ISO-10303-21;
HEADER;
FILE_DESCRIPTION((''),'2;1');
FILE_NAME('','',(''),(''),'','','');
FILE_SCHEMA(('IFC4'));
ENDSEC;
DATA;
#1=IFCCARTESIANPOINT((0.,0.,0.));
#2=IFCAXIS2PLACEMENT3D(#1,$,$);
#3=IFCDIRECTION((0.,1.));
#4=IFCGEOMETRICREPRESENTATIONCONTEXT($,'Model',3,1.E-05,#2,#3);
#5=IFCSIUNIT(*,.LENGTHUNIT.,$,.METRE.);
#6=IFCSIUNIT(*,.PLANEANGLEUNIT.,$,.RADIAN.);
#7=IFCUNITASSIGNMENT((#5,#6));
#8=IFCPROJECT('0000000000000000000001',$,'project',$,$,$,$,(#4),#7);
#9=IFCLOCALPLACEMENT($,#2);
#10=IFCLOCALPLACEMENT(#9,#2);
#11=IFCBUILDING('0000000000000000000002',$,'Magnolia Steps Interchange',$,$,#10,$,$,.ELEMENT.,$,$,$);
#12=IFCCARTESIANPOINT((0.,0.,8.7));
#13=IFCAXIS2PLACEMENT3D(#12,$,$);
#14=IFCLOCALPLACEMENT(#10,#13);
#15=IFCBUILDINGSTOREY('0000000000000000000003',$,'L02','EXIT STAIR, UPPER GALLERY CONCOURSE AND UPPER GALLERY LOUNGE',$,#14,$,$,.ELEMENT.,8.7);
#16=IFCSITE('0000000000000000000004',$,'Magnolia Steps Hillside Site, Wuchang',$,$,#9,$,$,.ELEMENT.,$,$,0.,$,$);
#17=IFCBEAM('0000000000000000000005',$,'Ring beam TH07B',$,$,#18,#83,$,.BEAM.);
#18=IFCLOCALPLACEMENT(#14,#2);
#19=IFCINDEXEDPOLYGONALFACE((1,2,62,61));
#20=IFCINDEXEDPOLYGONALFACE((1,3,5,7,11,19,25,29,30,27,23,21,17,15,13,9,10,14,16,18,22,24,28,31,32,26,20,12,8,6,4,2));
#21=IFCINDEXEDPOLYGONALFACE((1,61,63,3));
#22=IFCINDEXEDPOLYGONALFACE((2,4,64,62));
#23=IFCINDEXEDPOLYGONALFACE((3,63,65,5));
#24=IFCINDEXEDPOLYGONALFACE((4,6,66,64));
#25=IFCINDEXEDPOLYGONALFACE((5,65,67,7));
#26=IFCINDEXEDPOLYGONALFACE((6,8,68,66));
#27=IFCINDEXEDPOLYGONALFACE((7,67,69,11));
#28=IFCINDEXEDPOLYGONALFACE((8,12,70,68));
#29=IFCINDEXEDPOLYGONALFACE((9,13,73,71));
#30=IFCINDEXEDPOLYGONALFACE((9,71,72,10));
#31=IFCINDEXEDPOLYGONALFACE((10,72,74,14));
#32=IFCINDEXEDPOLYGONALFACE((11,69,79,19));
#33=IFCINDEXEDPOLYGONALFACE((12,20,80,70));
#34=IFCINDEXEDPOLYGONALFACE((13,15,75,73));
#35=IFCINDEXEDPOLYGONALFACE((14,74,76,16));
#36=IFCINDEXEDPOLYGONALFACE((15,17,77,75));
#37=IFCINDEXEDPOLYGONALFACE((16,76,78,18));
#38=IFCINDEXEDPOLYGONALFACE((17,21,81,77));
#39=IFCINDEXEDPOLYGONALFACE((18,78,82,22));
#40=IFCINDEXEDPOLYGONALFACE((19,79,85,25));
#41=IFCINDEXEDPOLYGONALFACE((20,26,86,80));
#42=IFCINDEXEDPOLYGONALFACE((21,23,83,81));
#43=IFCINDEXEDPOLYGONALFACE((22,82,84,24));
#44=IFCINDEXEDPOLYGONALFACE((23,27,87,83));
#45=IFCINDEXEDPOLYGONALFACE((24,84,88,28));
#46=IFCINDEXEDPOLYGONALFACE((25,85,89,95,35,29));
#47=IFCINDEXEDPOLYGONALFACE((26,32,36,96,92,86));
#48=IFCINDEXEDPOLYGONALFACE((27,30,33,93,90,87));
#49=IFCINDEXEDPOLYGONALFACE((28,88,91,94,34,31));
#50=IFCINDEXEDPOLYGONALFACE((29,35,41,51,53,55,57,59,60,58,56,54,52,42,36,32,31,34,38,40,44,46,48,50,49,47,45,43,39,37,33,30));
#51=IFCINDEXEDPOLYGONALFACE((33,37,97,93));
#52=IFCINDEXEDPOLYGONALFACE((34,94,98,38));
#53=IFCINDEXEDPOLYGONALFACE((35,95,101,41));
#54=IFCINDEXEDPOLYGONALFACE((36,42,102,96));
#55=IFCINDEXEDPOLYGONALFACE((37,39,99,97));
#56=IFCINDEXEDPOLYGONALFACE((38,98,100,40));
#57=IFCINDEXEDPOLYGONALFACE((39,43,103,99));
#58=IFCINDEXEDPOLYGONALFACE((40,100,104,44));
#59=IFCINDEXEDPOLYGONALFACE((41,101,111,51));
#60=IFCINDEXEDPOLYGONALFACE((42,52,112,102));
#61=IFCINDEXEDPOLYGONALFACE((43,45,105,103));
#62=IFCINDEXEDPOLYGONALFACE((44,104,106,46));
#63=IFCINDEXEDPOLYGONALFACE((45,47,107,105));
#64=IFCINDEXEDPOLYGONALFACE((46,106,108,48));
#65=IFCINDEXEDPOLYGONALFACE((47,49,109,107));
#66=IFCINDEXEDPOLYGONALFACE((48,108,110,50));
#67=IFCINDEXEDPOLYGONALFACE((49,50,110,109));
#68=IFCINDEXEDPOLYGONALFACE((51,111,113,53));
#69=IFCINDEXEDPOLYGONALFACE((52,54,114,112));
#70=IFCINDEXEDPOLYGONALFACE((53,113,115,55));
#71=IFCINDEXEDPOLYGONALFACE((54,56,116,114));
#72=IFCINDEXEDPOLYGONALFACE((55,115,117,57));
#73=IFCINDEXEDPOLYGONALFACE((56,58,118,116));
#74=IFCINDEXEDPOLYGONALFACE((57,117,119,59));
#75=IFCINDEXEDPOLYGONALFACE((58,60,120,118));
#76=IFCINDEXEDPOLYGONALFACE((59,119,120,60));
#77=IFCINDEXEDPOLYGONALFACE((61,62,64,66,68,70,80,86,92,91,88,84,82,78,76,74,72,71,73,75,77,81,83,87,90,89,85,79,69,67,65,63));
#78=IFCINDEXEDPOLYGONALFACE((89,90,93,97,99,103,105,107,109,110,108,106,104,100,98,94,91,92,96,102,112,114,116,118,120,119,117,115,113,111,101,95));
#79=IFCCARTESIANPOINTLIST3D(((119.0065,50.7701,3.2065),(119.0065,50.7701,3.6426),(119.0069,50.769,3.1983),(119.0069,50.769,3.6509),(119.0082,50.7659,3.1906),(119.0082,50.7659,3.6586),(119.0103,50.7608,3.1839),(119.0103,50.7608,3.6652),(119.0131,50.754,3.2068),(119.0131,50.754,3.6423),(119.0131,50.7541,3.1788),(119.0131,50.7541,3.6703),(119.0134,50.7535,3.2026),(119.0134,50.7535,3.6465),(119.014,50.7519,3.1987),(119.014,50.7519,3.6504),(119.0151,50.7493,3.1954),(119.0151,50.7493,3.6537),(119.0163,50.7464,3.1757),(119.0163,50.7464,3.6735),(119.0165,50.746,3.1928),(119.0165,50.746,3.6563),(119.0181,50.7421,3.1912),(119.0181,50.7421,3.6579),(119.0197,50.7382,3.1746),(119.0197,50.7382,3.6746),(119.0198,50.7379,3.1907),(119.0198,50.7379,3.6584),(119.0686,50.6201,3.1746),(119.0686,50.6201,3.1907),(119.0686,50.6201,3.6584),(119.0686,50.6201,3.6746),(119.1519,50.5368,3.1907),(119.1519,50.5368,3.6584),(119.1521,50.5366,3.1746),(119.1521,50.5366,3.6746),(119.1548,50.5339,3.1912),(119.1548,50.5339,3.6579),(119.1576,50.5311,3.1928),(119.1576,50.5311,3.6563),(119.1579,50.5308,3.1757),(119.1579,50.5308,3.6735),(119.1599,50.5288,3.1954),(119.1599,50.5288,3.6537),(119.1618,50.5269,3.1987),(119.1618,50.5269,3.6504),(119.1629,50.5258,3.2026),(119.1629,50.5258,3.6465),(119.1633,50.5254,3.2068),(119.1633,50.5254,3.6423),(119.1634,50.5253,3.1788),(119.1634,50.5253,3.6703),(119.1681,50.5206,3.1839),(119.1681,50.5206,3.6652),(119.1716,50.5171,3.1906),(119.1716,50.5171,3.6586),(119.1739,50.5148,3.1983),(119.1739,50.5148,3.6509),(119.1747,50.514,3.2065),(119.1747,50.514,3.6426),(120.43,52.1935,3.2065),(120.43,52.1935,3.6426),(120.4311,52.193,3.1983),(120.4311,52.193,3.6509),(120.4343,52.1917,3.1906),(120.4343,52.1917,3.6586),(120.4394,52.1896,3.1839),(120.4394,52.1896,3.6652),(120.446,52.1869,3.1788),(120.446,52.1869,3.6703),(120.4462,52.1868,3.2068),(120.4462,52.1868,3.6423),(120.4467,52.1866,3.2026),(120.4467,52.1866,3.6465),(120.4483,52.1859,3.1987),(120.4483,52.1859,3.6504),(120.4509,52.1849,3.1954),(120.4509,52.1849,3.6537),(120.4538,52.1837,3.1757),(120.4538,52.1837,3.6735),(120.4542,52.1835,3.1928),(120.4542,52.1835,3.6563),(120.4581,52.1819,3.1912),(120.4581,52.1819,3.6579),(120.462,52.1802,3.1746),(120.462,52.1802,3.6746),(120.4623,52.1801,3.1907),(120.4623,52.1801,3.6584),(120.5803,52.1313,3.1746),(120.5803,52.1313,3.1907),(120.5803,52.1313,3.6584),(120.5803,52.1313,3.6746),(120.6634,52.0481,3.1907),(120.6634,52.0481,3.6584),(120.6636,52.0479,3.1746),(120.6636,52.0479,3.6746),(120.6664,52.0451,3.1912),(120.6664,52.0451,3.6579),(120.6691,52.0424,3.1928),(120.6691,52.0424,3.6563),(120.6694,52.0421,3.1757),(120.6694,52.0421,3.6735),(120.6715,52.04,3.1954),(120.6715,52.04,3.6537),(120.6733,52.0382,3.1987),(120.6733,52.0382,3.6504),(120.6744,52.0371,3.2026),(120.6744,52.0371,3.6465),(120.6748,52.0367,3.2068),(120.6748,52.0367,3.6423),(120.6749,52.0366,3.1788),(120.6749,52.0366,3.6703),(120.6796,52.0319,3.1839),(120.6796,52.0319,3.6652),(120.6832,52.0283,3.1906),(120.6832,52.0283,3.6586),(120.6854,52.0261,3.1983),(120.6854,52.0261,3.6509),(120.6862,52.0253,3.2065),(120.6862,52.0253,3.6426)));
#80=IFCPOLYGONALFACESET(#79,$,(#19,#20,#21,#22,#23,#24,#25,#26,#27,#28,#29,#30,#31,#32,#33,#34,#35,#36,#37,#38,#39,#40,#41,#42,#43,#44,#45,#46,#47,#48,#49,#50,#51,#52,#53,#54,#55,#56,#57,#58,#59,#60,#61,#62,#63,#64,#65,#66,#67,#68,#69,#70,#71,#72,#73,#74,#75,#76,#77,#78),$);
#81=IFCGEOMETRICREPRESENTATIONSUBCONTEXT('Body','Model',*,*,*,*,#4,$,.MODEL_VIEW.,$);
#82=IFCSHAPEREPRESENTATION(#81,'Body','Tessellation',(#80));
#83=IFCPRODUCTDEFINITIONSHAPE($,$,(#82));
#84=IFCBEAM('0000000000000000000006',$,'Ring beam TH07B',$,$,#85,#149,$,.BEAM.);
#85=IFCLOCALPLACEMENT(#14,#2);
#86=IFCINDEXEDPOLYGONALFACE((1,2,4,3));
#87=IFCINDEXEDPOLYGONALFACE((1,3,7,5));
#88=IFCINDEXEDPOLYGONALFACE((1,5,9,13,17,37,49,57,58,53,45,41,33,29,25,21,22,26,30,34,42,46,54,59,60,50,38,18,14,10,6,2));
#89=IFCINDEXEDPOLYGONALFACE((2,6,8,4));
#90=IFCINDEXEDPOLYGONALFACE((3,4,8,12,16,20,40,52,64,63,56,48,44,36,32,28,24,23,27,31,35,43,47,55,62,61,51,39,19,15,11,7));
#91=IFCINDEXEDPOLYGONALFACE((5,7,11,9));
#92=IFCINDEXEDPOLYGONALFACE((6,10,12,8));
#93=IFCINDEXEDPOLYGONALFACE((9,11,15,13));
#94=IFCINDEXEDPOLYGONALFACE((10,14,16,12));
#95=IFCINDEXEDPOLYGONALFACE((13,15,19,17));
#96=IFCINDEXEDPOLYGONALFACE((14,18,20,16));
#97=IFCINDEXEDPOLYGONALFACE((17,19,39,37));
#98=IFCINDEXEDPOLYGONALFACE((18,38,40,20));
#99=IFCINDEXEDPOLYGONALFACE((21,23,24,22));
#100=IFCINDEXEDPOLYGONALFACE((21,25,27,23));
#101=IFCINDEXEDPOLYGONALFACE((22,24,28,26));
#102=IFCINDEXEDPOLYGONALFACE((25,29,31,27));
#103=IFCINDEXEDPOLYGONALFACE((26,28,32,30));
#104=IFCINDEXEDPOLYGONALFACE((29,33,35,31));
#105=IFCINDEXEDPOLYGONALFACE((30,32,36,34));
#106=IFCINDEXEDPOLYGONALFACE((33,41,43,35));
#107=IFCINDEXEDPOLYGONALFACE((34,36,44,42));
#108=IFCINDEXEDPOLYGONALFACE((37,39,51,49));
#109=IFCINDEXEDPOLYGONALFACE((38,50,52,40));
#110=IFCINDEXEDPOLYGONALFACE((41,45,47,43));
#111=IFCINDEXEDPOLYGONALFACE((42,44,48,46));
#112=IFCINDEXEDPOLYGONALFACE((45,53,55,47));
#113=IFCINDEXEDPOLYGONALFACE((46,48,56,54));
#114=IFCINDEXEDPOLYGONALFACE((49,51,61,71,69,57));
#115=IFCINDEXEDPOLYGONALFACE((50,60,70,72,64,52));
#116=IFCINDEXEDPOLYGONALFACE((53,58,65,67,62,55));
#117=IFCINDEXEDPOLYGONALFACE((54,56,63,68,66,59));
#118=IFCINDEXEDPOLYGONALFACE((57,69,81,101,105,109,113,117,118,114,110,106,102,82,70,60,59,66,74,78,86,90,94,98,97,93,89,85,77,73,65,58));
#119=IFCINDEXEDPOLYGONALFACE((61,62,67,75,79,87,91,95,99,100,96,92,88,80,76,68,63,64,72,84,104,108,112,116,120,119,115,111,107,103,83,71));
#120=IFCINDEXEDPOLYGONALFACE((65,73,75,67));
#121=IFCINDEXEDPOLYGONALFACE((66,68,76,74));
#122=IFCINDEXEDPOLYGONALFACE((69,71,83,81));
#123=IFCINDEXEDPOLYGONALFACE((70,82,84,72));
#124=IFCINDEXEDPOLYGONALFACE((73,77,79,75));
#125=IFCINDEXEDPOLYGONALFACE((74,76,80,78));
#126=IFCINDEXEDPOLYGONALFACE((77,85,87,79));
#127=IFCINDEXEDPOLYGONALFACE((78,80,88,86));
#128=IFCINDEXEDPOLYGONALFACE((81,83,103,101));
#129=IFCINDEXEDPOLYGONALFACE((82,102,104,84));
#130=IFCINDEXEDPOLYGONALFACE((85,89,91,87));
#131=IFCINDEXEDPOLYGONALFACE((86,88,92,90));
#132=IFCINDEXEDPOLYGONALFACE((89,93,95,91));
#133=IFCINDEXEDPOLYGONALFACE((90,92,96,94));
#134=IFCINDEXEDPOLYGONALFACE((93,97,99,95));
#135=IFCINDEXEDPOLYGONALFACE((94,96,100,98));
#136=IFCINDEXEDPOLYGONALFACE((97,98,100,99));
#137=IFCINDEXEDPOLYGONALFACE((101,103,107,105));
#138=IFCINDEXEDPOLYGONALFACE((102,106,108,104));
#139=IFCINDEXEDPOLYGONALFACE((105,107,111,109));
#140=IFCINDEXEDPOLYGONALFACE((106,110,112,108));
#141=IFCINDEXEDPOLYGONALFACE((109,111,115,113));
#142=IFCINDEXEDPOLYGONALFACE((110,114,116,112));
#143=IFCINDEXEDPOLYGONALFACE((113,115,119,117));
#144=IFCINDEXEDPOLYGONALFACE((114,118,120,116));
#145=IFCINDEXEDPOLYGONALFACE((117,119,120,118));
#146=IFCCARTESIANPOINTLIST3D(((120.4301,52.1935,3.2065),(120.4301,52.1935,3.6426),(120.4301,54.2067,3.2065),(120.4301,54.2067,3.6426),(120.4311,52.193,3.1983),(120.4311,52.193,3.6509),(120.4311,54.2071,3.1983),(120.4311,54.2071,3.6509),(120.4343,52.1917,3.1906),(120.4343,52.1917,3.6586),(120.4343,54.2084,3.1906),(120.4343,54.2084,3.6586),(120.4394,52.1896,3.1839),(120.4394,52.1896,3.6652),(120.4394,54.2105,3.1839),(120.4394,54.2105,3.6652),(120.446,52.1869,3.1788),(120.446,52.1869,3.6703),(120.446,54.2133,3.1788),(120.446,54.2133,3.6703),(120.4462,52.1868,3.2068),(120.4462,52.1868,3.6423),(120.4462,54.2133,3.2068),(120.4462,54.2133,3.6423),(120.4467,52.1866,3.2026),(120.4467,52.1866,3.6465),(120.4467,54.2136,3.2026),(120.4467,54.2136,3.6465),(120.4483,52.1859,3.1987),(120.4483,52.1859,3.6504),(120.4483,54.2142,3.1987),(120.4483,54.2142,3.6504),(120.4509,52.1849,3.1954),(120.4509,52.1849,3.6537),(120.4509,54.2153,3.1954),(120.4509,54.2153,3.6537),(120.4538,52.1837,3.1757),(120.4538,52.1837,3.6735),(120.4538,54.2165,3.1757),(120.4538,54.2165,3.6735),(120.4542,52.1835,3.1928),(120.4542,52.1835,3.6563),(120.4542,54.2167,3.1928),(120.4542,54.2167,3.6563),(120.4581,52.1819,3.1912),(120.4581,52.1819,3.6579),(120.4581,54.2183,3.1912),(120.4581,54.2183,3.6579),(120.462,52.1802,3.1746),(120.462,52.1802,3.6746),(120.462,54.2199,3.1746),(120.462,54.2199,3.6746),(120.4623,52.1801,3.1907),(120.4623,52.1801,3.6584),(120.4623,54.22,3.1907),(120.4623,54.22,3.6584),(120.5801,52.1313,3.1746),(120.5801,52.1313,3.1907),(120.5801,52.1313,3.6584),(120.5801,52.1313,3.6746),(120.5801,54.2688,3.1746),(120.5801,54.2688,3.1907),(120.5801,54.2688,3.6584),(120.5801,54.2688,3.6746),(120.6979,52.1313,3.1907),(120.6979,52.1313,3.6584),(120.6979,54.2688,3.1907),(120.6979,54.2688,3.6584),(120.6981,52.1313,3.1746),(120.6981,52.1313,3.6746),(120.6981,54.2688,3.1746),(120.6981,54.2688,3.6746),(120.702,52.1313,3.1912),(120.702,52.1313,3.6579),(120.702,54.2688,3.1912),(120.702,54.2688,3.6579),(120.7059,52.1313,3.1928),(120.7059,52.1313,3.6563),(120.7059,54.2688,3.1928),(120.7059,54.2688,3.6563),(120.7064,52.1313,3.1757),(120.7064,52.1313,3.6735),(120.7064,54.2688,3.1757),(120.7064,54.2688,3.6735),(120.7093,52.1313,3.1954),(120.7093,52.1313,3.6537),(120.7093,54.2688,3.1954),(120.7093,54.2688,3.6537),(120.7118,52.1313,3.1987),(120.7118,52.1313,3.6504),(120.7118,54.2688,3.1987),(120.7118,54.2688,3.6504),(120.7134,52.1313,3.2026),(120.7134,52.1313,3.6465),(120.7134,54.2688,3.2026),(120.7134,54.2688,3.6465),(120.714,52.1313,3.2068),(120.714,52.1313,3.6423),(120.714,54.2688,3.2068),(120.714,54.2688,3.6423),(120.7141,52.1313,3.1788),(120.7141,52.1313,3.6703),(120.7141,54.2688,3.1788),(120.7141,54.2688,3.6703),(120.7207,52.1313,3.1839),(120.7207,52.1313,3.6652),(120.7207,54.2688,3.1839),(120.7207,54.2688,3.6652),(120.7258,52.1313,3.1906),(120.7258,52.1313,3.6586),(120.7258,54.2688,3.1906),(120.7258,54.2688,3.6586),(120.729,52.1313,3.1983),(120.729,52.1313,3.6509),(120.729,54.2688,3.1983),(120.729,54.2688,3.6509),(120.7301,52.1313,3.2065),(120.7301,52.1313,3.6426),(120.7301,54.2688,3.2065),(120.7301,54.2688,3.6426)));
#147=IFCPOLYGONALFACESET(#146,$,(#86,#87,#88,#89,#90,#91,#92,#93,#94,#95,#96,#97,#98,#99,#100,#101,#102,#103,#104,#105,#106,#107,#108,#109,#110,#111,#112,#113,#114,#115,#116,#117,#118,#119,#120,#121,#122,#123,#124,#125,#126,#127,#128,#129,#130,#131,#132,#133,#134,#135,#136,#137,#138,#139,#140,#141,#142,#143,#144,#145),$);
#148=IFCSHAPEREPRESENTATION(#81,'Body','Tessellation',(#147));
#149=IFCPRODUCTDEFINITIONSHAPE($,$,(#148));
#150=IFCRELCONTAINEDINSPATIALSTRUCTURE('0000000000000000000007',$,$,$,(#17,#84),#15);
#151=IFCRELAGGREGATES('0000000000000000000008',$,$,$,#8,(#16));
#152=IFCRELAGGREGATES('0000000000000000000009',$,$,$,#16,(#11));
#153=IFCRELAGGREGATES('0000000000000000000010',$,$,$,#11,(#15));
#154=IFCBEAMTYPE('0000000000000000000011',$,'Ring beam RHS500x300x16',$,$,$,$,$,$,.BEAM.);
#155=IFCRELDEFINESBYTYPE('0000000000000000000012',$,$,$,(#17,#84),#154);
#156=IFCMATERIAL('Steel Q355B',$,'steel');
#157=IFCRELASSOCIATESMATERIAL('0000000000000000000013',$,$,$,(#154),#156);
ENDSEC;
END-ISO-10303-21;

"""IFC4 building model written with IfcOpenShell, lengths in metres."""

from ifc_helpers import new_model, si_unit, direction, frame, origin, origin_2d, place, context, subcontext, project, spatial, hollow_rectangle, extrude, clip, halfspace, material, material_profile, profile_set, type_object, element, save


model = new_model("IFC4")

# Units and contexts
model_context = context("Model", 3, precision=1e-05, world=origin(), true_north=direction((0.0, 1.0)))
body_context = subcontext(model_context, "Body", "Model", "MODEL_VIEW")
ifc_project = project(units=[si_unit("LENGTHUNIT", "METRE"), si_unit("PLANEANGLEUNIT", "RADIAN")], contexts=[model_context])

# Site, building, storey
site_placement = place(None, origin())
site = spatial("IfcSite", under=ifc_project, at=site_placement, Name="Magnolia Steps Hillside Site, Wuchang", CompositionType="ELEMENT", RefElevation=0.0)
building_placement = place(site_placement, origin())
building = spatial("IfcBuilding", under=site, at=building_placement, Name="Magnolia Steps Interchange", CompositionType="ELEMENT")
storey_placement = place(building_placement, frame((0.0, 0.0, 8.7)))
storey = spatial("IfcBuildingStorey", under=building, at=storey_placement, Name="L02", Description="EXIT STAIR, UPPER GALLERY CONCOURSE AND UPPER GALLERY LOUNGE", CompositionType="ELEMENT", Elevation=8.7)

# Beams
ifc_material_1 = material(Name="Steel Q355B", Category="steel")
ifc_material_profile_1 = material_profile(ifc_material_1, hollow_rectangle(XDim=0.3, YDim=0.5, WallThickness=0.0161, InnerFilletRadius=0.0161, OuterFilletRadius=0.032, at=origin_2d()), Name="RHS500x300x16")
ifc_profile_set_1 = profile_set([ifc_material_profile_1], Name="Steel Q355B")
beam_type = type_object("IfcBeamType", Name="Ring beam RHS500x300x16", PredefinedType="BEAM", material=ifc_profile_set_1)
beam_1_placement = place(storey_placement, frame((119.0686, 50.6201, 3.4246), z_axis=(0.707164, 0.70705, 0.0), x_axis=(-0.70705, 0.707164, 0.0)))
element("IfcBeam", 1, at=beam_1_placement, inside=storey, type_object=beam_type, Name="Ring beam TH07B", PredefinedType="BEAM", context=body_context, shape_type="Clipping", body=[
    clip(clip(extrude(hollow_rectangle(XDim=0.3, YDim=0.5, WallThickness=0.0161, InnerFilletRadius=0.0161, OuterFilletRadius=0.032, at=origin_2d()), origin(), (0.0, 0.0, 1.0), 2.1375), halfspace(frame((0.0, 0.0, 0.0), z_axis=(0.382609, 0.0, -0.92391), x_axis=(0.92391, 0.0, 0.382609)), False)), halfspace(frame((0.0, 0.0, 2.1374), z_axis=(0.382758, 0.0, 0.923849), x_axis=(0.923849, 0.0, -0.382758)), False)),
])
beam_2_placement = place(storey_placement, frame((120.5801, 52.1313, 3.4246), z_axis=(0.0, 1.0, 0.0), x_axis=(-1.0, 0.0, 0.0)))
element("IfcBeam", 2, at=beam_2_placement, inside=storey, type_object=beam_type, Name="Ring beam TH07B", PredefinedType="BEAM", context=body_context, shape_type="Clipping", body=[
    clip(clip(extrude(hollow_rectangle(XDim=0.3, YDim=0.5, WallThickness=0.0161, InnerFilletRadius=0.0161, OuterFilletRadius=0.032, at=origin_2d()), origin(), (0.0, 0.0, 1.0), 2.1375), halfspace(frame((0.0, 0.0, 0.0), z_axis=(0.382683, 0.0, -0.92388), x_axis=(0.92388, 0.0, 0.382683)), False)), halfspace(frame((0.0, 0.0, 2.1375), z_axis=(0.382683, 0.0, 0.92388), x_axis=(0.92388, 0.0, -0.382683)), False)),
])

save(model, "model.ifc")
